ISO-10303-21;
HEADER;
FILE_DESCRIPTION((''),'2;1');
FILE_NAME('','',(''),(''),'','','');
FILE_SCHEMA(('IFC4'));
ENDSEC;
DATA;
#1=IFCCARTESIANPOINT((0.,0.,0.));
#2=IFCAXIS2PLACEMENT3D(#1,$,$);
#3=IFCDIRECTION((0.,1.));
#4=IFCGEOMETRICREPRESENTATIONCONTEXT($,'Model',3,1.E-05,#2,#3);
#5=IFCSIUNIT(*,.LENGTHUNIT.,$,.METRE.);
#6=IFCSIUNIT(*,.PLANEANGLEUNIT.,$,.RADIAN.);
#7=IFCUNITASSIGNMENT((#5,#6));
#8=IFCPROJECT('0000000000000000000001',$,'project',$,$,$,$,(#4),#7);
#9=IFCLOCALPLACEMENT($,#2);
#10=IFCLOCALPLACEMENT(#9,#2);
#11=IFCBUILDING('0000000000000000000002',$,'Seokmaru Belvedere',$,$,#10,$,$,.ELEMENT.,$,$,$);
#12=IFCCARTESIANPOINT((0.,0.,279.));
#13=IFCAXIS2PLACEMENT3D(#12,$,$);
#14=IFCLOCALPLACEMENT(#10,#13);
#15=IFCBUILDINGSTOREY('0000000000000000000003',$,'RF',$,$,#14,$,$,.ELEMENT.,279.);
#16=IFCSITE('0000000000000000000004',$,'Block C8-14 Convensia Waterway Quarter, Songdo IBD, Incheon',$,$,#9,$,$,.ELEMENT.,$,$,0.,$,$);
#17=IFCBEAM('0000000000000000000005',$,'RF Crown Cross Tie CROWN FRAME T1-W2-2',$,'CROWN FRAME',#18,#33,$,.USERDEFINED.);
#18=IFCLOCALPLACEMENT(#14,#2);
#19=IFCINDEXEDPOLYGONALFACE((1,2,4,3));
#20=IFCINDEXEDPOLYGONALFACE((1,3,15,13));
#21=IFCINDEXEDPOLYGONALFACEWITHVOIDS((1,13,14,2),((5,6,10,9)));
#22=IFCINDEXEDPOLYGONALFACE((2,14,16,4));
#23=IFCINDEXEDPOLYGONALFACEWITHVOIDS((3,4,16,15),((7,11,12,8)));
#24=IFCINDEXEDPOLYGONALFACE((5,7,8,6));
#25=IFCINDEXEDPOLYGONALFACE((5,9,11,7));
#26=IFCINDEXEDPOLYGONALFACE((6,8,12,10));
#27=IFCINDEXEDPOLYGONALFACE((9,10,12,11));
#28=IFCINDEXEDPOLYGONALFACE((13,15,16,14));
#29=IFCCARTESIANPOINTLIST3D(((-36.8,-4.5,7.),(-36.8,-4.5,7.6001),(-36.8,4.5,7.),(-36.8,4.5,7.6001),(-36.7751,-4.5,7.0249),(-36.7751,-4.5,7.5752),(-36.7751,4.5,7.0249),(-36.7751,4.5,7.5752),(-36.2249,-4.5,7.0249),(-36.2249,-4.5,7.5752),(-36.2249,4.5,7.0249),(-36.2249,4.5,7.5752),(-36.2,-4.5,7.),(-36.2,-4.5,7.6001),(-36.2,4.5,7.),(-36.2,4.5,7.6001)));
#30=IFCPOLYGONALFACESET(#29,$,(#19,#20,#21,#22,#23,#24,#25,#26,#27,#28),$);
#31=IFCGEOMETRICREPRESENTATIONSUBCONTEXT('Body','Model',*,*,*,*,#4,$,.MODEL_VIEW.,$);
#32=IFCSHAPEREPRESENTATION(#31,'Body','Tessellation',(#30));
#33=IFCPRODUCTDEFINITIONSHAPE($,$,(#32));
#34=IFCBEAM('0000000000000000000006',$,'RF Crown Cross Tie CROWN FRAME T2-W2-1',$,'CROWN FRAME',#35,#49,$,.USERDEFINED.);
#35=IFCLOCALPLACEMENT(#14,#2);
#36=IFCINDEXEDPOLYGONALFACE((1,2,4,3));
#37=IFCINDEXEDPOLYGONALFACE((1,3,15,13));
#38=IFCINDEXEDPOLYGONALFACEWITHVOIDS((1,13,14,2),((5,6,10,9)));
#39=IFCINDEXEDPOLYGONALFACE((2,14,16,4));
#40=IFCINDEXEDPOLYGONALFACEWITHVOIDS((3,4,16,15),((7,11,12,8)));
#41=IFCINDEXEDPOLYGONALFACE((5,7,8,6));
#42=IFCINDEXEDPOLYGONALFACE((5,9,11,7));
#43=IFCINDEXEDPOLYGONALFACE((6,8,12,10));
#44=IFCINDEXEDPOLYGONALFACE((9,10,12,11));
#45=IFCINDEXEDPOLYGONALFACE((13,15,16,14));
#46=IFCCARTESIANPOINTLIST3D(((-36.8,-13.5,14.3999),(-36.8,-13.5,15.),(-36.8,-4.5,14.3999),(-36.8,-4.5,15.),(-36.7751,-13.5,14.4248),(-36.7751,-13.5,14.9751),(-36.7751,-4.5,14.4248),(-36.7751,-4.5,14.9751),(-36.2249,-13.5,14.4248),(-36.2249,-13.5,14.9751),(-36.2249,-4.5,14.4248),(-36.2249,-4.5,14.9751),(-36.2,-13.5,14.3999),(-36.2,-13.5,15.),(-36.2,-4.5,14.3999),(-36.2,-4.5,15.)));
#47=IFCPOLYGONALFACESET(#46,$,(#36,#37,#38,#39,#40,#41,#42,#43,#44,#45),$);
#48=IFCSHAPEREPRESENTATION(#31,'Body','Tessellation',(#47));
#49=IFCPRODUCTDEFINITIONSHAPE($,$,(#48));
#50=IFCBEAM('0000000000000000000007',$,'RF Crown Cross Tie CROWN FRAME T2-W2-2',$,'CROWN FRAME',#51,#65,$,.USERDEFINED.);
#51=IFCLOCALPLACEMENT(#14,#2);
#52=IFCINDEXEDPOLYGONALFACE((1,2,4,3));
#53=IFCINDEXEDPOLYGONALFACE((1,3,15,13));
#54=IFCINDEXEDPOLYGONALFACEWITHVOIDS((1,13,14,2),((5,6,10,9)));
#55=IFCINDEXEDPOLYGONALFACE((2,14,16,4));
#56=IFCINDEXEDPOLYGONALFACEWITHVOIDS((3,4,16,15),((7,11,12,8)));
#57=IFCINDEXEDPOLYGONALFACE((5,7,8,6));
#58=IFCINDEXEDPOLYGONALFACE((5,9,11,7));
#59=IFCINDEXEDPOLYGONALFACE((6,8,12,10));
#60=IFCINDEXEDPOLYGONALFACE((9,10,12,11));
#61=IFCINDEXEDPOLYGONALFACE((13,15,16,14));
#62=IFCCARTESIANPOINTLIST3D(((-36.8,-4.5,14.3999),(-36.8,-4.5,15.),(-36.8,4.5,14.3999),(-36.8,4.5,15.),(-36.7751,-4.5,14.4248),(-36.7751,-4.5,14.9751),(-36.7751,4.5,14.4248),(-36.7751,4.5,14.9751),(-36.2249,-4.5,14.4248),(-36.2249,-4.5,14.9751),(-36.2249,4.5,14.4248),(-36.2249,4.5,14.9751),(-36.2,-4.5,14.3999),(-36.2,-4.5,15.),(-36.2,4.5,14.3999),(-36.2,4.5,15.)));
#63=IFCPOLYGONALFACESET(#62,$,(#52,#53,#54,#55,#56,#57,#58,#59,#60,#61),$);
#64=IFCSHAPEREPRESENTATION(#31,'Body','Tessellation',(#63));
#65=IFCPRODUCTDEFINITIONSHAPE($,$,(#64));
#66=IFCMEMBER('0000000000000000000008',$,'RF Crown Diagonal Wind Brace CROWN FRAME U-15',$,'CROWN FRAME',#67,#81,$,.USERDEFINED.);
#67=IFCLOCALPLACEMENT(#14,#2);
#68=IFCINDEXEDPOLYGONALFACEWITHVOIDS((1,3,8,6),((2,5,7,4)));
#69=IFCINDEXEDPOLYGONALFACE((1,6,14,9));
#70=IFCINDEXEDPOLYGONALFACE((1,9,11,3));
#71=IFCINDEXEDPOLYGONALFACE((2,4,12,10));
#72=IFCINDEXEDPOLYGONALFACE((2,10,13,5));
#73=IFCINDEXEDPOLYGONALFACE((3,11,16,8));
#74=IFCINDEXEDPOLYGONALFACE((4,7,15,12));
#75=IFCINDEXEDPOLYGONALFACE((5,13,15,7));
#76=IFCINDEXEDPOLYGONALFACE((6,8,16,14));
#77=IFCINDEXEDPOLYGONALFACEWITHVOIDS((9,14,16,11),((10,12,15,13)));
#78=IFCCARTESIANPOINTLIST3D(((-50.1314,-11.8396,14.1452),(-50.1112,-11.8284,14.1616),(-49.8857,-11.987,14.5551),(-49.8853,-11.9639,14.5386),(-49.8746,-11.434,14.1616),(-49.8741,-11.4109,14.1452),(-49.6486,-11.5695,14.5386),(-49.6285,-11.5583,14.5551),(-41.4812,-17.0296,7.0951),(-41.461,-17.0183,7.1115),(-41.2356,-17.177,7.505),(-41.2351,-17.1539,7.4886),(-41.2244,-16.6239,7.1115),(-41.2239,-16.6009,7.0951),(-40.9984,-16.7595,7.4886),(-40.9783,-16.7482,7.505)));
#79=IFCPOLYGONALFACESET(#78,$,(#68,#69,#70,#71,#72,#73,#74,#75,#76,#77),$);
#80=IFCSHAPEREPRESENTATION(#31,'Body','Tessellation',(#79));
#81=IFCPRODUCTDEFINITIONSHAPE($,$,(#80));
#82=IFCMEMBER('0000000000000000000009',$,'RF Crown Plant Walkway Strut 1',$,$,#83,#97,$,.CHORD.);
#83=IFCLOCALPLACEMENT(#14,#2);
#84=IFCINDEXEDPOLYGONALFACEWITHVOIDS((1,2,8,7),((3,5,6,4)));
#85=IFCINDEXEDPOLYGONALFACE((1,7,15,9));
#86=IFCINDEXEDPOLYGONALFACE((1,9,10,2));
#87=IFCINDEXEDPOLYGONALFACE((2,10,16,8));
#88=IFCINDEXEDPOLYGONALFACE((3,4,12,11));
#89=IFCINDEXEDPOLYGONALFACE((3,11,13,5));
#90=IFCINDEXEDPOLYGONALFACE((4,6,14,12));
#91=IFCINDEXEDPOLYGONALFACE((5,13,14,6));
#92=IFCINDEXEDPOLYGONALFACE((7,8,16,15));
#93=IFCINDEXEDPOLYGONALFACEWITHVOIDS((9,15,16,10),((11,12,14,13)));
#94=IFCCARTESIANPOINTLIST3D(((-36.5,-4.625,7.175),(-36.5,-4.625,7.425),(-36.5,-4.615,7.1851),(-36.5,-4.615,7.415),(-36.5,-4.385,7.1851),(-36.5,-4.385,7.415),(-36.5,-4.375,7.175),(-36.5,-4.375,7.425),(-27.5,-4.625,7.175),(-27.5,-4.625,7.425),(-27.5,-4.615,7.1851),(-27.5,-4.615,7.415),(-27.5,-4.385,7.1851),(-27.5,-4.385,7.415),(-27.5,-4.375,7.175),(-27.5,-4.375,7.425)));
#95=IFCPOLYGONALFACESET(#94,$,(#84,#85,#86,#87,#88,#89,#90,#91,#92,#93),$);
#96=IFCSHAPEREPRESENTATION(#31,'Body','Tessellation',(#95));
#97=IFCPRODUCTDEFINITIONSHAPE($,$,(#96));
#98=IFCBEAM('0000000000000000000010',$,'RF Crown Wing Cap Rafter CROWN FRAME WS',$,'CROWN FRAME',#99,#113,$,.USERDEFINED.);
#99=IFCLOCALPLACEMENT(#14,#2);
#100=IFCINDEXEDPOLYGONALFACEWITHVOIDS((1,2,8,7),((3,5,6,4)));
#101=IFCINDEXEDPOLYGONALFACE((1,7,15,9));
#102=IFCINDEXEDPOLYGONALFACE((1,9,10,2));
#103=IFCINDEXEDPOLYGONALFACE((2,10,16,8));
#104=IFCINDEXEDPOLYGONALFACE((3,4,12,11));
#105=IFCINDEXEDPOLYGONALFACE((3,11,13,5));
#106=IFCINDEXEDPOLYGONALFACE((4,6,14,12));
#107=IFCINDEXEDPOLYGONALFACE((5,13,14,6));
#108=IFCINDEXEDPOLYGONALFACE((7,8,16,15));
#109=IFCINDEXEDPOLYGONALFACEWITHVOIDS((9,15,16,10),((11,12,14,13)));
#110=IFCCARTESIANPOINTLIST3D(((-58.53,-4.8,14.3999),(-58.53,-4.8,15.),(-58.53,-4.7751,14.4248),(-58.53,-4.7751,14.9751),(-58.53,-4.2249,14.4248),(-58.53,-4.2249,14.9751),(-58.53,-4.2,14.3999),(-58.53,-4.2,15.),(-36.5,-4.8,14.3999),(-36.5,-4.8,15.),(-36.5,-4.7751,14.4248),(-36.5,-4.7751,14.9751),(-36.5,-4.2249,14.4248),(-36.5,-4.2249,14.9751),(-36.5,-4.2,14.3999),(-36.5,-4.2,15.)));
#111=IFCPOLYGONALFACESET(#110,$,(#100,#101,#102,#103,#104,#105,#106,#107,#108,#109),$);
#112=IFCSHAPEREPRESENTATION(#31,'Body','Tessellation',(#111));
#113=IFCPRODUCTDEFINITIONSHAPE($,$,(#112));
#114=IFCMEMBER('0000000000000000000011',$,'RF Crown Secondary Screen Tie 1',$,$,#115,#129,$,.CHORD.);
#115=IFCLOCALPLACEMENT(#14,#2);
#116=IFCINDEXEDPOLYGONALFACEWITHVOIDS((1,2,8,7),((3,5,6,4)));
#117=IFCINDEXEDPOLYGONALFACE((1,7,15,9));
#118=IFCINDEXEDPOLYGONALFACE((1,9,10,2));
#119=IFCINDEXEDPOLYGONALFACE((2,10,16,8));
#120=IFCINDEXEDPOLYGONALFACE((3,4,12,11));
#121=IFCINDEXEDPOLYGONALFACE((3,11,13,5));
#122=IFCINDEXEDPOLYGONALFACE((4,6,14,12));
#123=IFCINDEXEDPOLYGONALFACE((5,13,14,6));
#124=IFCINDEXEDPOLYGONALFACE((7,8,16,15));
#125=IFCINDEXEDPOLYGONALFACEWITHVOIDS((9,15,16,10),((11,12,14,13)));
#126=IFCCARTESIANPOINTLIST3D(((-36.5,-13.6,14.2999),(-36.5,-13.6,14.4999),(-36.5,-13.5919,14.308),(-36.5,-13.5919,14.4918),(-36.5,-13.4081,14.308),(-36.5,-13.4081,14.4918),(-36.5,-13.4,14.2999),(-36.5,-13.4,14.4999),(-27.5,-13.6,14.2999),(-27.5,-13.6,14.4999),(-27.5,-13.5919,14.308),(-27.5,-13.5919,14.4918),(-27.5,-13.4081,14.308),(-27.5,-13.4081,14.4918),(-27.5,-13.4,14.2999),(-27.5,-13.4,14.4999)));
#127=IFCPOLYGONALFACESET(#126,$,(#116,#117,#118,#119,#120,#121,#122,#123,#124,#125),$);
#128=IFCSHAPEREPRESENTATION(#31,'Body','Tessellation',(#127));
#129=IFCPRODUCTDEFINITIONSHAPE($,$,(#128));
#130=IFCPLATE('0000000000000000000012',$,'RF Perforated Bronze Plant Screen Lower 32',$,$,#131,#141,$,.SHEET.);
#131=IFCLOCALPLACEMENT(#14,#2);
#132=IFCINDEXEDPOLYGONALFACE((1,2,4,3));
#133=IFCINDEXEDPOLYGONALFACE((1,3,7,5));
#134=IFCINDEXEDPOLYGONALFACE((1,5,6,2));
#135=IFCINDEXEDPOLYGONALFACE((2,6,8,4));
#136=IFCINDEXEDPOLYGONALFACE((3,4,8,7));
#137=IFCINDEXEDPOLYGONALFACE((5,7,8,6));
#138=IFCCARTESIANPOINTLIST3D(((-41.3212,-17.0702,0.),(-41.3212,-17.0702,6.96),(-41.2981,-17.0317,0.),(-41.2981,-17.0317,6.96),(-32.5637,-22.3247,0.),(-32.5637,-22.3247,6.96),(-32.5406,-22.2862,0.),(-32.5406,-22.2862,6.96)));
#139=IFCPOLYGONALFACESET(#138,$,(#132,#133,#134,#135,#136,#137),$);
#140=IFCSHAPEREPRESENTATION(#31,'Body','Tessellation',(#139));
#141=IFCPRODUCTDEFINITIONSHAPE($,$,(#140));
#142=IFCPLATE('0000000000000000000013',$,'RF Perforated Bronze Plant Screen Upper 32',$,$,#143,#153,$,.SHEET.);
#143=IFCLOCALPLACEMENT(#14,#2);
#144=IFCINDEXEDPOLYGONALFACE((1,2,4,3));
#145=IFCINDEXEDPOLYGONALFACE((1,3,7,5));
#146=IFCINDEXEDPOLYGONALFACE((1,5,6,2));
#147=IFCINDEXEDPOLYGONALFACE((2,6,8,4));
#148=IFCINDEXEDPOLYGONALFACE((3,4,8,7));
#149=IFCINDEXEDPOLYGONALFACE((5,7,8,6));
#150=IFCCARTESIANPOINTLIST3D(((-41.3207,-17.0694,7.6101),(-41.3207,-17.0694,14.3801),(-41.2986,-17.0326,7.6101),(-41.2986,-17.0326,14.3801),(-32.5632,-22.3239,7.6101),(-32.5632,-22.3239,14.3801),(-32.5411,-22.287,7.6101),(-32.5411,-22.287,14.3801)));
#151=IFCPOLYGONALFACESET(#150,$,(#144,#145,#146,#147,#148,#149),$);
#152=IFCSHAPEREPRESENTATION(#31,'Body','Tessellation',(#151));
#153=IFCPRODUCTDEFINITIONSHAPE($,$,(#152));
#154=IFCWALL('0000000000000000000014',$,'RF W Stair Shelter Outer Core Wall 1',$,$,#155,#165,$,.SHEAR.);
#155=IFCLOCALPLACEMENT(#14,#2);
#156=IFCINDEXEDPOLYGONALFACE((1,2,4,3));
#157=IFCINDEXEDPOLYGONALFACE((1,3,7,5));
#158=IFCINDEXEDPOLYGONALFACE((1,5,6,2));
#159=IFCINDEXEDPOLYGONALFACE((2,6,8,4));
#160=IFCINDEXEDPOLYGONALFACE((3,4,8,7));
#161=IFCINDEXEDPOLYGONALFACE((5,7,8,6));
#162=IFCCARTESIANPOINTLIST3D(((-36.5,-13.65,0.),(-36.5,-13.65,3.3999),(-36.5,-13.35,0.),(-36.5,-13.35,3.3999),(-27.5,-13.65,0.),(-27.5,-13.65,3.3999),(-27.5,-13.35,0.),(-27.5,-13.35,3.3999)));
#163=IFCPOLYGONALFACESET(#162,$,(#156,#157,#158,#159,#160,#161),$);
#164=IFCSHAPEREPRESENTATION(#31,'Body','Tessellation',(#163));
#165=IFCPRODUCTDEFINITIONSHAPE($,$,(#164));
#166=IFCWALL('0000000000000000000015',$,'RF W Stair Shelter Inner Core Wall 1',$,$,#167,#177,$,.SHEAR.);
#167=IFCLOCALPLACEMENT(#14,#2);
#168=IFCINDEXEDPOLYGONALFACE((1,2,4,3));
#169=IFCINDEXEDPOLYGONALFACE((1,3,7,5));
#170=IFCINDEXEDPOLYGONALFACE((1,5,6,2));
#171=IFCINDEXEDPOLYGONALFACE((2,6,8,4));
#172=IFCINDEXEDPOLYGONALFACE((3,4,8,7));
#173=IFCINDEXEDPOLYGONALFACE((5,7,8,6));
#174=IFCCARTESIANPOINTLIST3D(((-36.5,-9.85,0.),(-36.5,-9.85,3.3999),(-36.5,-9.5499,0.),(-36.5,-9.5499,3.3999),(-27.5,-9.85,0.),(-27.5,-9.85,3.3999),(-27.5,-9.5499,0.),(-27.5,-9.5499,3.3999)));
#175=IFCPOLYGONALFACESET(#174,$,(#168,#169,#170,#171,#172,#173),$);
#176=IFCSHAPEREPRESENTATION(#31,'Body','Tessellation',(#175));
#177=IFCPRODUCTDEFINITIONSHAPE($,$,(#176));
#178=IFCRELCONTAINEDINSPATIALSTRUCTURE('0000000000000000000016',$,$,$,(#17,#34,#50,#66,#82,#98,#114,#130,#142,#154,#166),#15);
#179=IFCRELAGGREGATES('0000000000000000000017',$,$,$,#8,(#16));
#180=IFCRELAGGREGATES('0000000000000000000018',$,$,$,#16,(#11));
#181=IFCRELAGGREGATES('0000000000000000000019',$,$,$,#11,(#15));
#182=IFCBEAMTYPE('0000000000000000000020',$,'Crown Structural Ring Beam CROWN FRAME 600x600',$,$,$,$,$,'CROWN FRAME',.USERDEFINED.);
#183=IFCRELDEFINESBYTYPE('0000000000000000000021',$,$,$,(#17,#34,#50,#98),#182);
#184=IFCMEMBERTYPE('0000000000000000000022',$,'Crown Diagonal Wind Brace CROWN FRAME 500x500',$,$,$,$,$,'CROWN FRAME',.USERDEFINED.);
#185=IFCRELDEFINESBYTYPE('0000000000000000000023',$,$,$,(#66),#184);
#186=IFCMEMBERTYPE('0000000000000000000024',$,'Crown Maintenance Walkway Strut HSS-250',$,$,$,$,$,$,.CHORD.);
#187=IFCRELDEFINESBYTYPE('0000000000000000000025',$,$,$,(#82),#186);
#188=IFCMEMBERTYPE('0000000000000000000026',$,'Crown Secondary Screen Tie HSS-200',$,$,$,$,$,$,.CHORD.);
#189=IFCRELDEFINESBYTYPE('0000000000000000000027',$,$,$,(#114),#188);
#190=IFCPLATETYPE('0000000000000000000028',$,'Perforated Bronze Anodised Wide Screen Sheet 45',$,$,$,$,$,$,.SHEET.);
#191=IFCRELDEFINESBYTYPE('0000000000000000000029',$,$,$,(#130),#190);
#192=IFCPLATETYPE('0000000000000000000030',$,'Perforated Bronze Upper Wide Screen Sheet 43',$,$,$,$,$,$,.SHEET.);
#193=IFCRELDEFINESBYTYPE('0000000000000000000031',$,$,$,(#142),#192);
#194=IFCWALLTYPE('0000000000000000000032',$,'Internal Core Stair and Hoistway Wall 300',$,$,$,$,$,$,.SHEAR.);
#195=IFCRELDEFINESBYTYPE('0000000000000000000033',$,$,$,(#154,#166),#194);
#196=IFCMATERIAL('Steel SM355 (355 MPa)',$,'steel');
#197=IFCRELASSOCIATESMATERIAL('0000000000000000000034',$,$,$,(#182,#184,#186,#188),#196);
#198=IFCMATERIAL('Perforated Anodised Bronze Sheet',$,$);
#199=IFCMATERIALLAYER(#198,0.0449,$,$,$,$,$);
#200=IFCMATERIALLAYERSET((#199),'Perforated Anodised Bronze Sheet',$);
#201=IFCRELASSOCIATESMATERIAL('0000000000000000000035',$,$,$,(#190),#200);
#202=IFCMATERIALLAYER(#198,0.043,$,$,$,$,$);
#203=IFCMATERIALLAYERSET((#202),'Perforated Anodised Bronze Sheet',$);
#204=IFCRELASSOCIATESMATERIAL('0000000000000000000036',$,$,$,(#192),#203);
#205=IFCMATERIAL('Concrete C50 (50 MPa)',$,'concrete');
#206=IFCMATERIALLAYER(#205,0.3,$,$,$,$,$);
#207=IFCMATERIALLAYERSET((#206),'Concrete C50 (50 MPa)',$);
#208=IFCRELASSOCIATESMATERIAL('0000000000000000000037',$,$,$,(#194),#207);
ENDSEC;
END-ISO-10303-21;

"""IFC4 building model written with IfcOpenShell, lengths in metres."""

from ifc_helpers import new_model, si_unit, direction, frame, frame_2d, origin, origin_2d, place, context, subcontext, project, spatial, rectangle, hollow_rectangle, extrude, source, transform, mapped, material, layer, layer_set, material_profile, profile_set, type_object, type_shapes, element, save


model = new_model("IFC4")

# Units and contexts
model_context = context("Model", 3, precision=1e-05, world=origin(), true_north=direction((0.0, 1.0)))
body_context = subcontext(model_context, "Body", "Model", "MODEL_VIEW")
ifc_project = project(units=[si_unit("LENGTHUNIT", "METRE"), si_unit("PLANEANGLEUNIT", "RADIAN")], contexts=[model_context])

# Site, building, storey
site_placement = place(None, origin())
site = spatial("IfcSite", under=ifc_project, at=site_placement, Name="Block C8-14 Convensia Waterway Quarter, Songdo IBD, Incheon", CompositionType="ELEMENT", RefElevation=0.0)
building_placement = place(site_placement, origin())
building = spatial("IfcBuilding", under=site, at=building_placement, Name="Seokmaru Belvedere", CompositionType="ELEMENT")
storey_placement = place(building_placement, frame((0.0, 0.0, 279.0)))
storey = spatial("IfcBuildingStorey", under=building, at=storey_placement, Name="RF", CompositionType="ELEMENT", Elevation=279.0)

# Shared definitions
ifc_material_1 = material(Name="Steel SM355 (355 MPa)", Category="steel")

# Beams
ifc_material_profile_1 = material_profile(ifc_material_1, hollow_rectangle(XDim=0.6001, YDim=0.6001, WallThickness=0.0249, at=origin_2d()), Name="HSS-600x600x25")
ifc_profile_set_1 = profile_set([ifc_material_profile_1], Name="Steel SM355 (355 MPa)")
beam_type_1 = type_object("IfcBeamType", Name="Crown Structural Ring Beam CROWN FRAME 600x600", ElementType="CROWN FRAME", PredefinedType="USERDEFINED", material=ifc_profile_set_1)
shared_shape_1 = source(origin(), body_context, "Body", "SweptSolid", [
    extrude(hollow_rectangle(XDim=0.6001, YDim=0.6001, WallThickness=0.0249, at=origin_2d()), origin(), (0.0, 0.0, 1.0), 9.0),
])
for number, where, z_axis, x_axis, name in (
    (1, (-36.5, -4.5, 7.3), (0.0, 1.0, 0.0), (-1.0, 0.0, 0.0), "RF Crown Cross Tie CROWN FRAME T1-W2-2"),
    (2, (-36.5, -13.5, 14.7), (0.0, 1.0, 0.0), (-1.0, 0.0, 0.0), "RF Crown Cross Tie CROWN FRAME T2-W2-1"),
    (3, (-36.5, -4.5, 14.7), (0.0, 1.0, 0.0), (-1.0, 0.0, 0.0), "RF Crown Cross Tie CROWN FRAME T2-W2-2"),
):
    element("IfcBeam", number, at=place(storey_placement, frame(where, z_axis=z_axis, x_axis=x_axis)), inside=storey, type_object=beam_type_1, Name=name, ObjectType="CROWN FRAME", PredefinedType="USERDEFINED", context=body_context, shape_type="MappedRepresentation", body=[
        mapped(shared_shape_1, transform((0.0, 0.0, 0.0), scale=1.0)),
    ])

# Members
ifc_material_profile_2 = material_profile(ifc_material_1, hollow_rectangle(XDim=0.5, YDim=0.5, WallThickness=0.02, at=origin_2d()), Name="HSS-500x500x20")
ifc_profile_set_2 = profile_set([ifc_material_profile_2], Name="Steel SM355 (355 MPa)")
member_type_1 = type_object("IfcMemberType", Name="Crown Diagonal Wind Brace CROWN FRAME 500x500", ElementType="CROWN FRAME", PredefinedType="USERDEFINED", material=ifc_profile_set_2)
shared_shape_2 = source(origin(), body_context, "Body", "SweptSolid", [
    extrude(hollow_rectangle(XDim=0.5, YDim=0.5, WallThickness=0.02, at=origin_2d()), origin(), (0.0, 0.0, 1.0), 12.3071),
])
type_shapes(member_type_1, [shared_shape_2])
member_1_placement = place(storey_placement, frame((-41.2297, -16.8889, 7.3), z_axis=(-0.702861, 0.421704, 0.572846), x_axis=(-0.514485, -0.857499, 0.0)))
element("IfcMember", 4, at=member_1_placement, inside=storey, type_object=member_type_1, Name="RF Crown Diagonal Wind Brace CROWN FRAME U-15", ObjectType="CROWN FRAME", PredefinedType="USERDEFINED", context=body_context, shape_type="MappedRepresentation", body=[
    mapped(shared_shape_2, transform((0.0, 0.0, 0.0), scale=1.0)),
])
ifc_material_profile_3 = material_profile(ifc_material_1, hollow_rectangle(XDim=0.25, YDim=0.25, WallThickness=0.01, at=origin_2d()), Name="HSS-250x250x10")
ifc_profile_set_3 = profile_set([ifc_material_profile_3], Name="Steel SM355 (355 MPa)")
member_type_2 = type_object("IfcMemberType", Name="Crown Maintenance Walkway Strut HSS-250", PredefinedType="CHORD", material=ifc_profile_set_3)
shared_shape_3 = source(origin(), body_context, "Body", "SweptSolid", [
    extrude(hollow_rectangle(XDim=0.25, YDim=0.25, WallThickness=0.01, at=origin_2d()), origin(), (0.0, 0.0, 1.0), 9.0),
])
type_shapes(member_type_2, [shared_shape_3])
member_2_placement = place(storey_placement, frame((-36.5, -4.5, 7.3), z_axis=(1.0, 0.0, 0.0), x_axis=(0.0, 1.0, 0.0)))
element("IfcMember", 5, at=member_2_placement, inside=storey, type_object=member_type_2, Name="RF Crown Plant Walkway Strut 1", PredefinedType="CHORD", context=body_context, shape_type="MappedRepresentation", body=[
    mapped(shared_shape_3, transform((0.0, 0.0, 0.0), scale=1.0)),
])

# Beam
shared_shape_4 = source(origin(), body_context, "Body", "SweptSolid", [
    extrude(hollow_rectangle(XDim=0.6001, YDim=0.6001, WallThickness=0.0249, at=origin_2d()), origin(), (0.0, 0.0, 1.0), 22.03),
])
beam_1_placement = place(storey_placement, frame((-36.5, -4.5, 14.7), z_axis=(-1.0, 0.0, 0.0), x_axis=(0.0, -1.0, 0.0)))
element("IfcBeam", 6, at=beam_1_placement, inside=storey, type_object=beam_type_1, Name="RF Crown Wing Cap Rafter CROWN FRAME WS", ObjectType="CROWN FRAME", PredefinedType="USERDEFINED", context=body_context, shape_type="MappedRepresentation", body=[
    mapped(shared_shape_4, transform((0.0, 0.0, 0.0), scale=1.0)),
])

# Member
ifc_material_profile_4 = material_profile(ifc_material_1, hollow_rectangle(XDim=0.2, YDim=0.2, WallThickness=0.0081, at=origin_2d()), Name="HSS-200x200x8")
ifc_profile_set_4 = profile_set([ifc_material_profile_4], Name="Steel SM355 (355 MPa)")
member_type_3 = type_object("IfcMemberType", Name="Crown Secondary Screen Tie HSS-200", PredefinedType="CHORD", material=ifc_profile_set_4)
shared_shape_5 = source(origin(), body_context, "Body", "SweptSolid", [
    extrude(hollow_rectangle(XDim=0.2, YDim=0.2, WallThickness=0.0081, at=origin_2d()), origin(), (0.0, 0.0, 1.0), 9.0),
])
type_shapes(member_type_3, [shared_shape_5])
member_3_placement = place(storey_placement, frame((-36.5, -13.5, 14.3999), z_axis=(1.0, 0.0, 0.0), x_axis=(0.0, 1.0, 0.0)))
element("IfcMember", 7, at=member_3_placement, inside=storey, type_object=member_type_3, Name="RF Crown Secondary Screen Tie 1", PredefinedType="CHORD", context=body_context, shape_type="MappedRepresentation", body=[
    mapped(shared_shape_5, transform((0.0, 0.0, 0.0), scale=1.0)),
])

# Plates
ifc_material_2 = material(Name="Perforated Anodised Bronze Sheet")
ifc_layer_1 = layer(ifc_material_2, 0.0449)
ifc_layer_set_1 = layer_set([ifc_layer_1], Name="Perforated Anodised Bronze Sheet")
plate_type_1 = type_object("IfcPlateType", Name="Perforated Bronze Anodised Wide Screen Sheet 45", PredefinedType="SHEET", material=ifc_layer_set_1)
shared_shape_6 = source(origin(), body_context, "Body", "SweptSolid", [
    extrude(rectangle(XDim=10.2129, YDim=0.0449, at=origin_2d()), origin(), (0.0, 0.0, 1.0), 6.96),
])
type_shapes(plate_type_1, [shared_shape_6])
plate_1_placement = place(storey_placement, frame((-36.9309, -19.6782, 0.0), z_axis=(0.0, 0.0, 1.0), x_axis=(0.857493, -0.514496, 0.0)))
element("IfcPlate", 8, at=plate_1_placement, inside=storey, type_object=plate_type_1, Name="RF Perforated Bronze Plant Screen Lower 32", PredefinedType="SHEET", context=body_context, shape_type="MappedRepresentation", body=[
    mapped(shared_shape_6, transform((0.0, 0.0, 0.0), scale=1.0)),
])
ifc_layer_2 = layer(ifc_material_2, 0.043)
ifc_layer_set_2 = layer_set([ifc_layer_2], Name="Perforated Anodised Bronze Sheet")
plate_type_2 = type_object("IfcPlateType", Name="Perforated Bronze Upper Wide Screen Sheet 43", PredefinedType="SHEET", material=ifc_layer_set_2)
shared_shape_7 = source(origin(), body_context, "Body", "SweptSolid", [
    extrude(rectangle(XDim=10.2129, YDim=0.043, at=origin_2d()), origin(), (0.0, 0.0, 1.0), 6.77),
])
type_shapes(plate_type_2, [shared_shape_7])
plate_2_placement = place(storey_placement, frame((-36.9309, -19.6782, 7.6101), z_axis=(0.0, 0.0, 1.0), x_axis=(0.857493, -0.514496, 0.0)))
element("IfcPlate", 9, at=plate_2_placement, inside=storey, type_object=plate_type_2, Name="RF Perforated Bronze Plant Screen Upper 32", PredefinedType="SHEET", context=body_context, shape_type="MappedRepresentation", body=[
    mapped(shared_shape_7, transform((0.0, 0.0, 0.0), scale=1.0)),
])

# Walls
ifc_material_3 = material(Name="Concrete C50 (50 MPa)", Category="concrete")
ifc_layer_3 = layer(ifc_material_3, 0.3)
ifc_layer_set_3 = layer_set([ifc_layer_3], Name="Concrete C50 (50 MPa)")
wall_type_1 = type_object("IfcWallType", Name="Internal Core Stair and Hoistway Wall 300", PredefinedType="SHEAR", material=ifc_layer_set_3)
for number, where, z_axis, x_axis, name in (
    (10, (-36.5, -13.5, 0.0), (0.0, 0.0, 1.0), (1.0, 0.0, 0.0), "RF W Stair Shelter Outer Core Wall 1"),
    (11, (-36.5, -9.7, 0.0), (0.0, 0.0, 1.0), (1.0, 0.0, 0.0), "RF W Stair Shelter Inner Core Wall 1"),
):
    element("IfcWall", number, at=place(storey_placement, frame(where, z_axis=z_axis, x_axis=x_axis)), inside=storey, type_object=wall_type_1, Name=name, PredefinedType="SHEAR", context=body_context, shape_type="SweptSolid", body=[
        extrude(rectangle(XDim=9.0, YDim=0.3, at=frame_2d((4.5, 0.0))), origin(), (0.0, 0.0, 1.0), 3.3999),
    ])

save(model, "model.ifc")
